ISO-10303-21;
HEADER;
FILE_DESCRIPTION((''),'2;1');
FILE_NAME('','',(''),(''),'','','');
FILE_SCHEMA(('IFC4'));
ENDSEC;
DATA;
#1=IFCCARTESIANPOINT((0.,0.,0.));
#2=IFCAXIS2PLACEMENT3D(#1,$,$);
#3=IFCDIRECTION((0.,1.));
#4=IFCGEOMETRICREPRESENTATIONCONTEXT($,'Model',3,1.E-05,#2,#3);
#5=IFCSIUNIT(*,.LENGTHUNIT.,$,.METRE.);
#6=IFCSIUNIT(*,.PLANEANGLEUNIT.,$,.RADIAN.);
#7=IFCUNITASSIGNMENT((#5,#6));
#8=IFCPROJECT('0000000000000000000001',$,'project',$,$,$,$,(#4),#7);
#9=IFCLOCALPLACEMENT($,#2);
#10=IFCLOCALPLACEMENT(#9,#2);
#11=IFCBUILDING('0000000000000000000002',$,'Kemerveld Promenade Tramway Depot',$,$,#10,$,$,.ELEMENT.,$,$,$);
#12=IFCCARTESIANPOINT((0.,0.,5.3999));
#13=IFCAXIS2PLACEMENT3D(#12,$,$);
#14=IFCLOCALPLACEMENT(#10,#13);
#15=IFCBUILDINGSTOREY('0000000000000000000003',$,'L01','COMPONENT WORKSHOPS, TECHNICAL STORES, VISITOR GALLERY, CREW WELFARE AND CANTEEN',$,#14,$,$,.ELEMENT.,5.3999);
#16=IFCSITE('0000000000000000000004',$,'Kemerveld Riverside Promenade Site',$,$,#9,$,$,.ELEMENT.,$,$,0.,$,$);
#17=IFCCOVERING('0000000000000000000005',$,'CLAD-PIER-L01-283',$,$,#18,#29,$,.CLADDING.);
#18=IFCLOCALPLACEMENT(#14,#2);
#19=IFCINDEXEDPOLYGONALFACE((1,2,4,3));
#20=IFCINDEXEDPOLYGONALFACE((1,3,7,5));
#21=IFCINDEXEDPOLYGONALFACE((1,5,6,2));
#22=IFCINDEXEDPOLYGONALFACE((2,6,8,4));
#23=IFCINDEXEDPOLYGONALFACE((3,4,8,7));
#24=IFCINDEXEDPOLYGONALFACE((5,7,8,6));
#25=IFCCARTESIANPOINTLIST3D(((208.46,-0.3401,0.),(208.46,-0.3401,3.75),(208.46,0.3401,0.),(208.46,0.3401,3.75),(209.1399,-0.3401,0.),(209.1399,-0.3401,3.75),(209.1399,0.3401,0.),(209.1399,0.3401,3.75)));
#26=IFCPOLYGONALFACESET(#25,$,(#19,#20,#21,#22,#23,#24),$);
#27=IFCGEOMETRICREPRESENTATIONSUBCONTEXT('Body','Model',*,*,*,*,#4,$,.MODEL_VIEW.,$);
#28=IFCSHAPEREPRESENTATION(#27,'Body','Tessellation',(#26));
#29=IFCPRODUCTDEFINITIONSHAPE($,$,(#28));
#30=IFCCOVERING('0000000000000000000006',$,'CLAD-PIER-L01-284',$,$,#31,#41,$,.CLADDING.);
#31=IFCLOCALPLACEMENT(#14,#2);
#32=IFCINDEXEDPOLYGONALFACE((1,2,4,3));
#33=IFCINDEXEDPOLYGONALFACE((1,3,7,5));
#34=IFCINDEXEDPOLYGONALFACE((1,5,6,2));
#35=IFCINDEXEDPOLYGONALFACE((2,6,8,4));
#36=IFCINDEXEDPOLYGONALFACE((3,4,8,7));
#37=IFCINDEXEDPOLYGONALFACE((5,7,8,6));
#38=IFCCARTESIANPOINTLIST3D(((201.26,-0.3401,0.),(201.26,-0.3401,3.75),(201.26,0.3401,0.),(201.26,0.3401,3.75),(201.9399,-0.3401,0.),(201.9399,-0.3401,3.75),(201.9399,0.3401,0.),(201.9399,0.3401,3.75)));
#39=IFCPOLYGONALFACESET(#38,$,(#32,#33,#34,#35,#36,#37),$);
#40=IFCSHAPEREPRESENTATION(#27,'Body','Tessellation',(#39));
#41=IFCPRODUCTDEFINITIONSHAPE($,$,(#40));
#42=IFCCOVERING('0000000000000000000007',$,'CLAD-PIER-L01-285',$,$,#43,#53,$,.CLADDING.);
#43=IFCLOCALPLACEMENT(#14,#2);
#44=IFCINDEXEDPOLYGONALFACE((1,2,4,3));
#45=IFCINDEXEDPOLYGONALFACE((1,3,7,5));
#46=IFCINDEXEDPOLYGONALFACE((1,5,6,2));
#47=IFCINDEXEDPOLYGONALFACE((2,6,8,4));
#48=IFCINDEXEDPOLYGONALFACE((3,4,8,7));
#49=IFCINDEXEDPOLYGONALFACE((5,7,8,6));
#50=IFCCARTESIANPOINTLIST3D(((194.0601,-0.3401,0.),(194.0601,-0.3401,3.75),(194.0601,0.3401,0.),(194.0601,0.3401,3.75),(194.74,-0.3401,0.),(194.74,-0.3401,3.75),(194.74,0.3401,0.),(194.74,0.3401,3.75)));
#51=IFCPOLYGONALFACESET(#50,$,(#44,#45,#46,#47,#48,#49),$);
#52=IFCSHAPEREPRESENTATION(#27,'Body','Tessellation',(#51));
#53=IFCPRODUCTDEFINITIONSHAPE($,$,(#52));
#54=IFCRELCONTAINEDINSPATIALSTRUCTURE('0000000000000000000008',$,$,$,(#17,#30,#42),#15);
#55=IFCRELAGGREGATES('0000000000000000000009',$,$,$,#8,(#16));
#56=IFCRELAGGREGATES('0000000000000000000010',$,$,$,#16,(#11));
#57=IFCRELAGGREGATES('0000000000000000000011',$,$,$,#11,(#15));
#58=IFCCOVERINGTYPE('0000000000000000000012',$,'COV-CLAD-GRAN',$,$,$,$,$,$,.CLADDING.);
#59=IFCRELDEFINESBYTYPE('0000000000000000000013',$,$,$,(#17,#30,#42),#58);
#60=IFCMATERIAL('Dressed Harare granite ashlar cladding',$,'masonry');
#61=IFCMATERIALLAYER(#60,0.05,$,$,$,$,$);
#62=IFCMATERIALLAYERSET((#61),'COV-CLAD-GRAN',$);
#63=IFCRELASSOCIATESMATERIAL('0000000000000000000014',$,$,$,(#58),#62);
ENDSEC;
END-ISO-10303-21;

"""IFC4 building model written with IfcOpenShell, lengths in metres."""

from ifc_helpers import new_model, si_unit, direction, frame, origin, place, context, subcontext, project, spatial, polyline, outline, extrude, material, layer, layer_set, type_object, element, save


model = new_model("IFC4")

# Units and contexts
model_context = context("Model", 3, precision=1e-05, world=origin(), true_north=direction((0.0, 1.0)))
body_context = subcontext(model_context, "Body", "Model", "MODEL_VIEW")
ifc_project = project(units=[si_unit("LENGTHUNIT", "METRE"), si_unit("PLANEANGLEUNIT", "RADIAN")], contexts=[model_context])

# Site, building, storey
site_placement = place(None, origin())
site = spatial("IfcSite", under=ifc_project, at=site_placement, Name="Kemerveld Riverside Promenade Site", CompositionType="ELEMENT", RefElevation=0.0)
building_placement = place(site_placement, origin())
building = spatial("IfcBuilding", under=site, at=building_placement, Name="Kemerveld Promenade Tramway Depot", CompositionType="ELEMENT")
storey_placement = place(building_placement, frame((0.0, 0.0, 5.3999)))
storey = spatial("IfcBuildingStorey", under=building, at=storey_placement, Name="L01", Description="COMPONENT WORKSHOPS, TECHNICAL STORES, VISITOR GALLERY, CREW WELFARE AND CANTEEN", CompositionType="ELEMENT", Elevation=5.3999)

# Coverings
ifc_material_1 = material(Name="Dressed Harare granite ashlar cladding", Category="masonry")
ifc_layer = layer(ifc_material_1, 0.05)
ifc_layer_set = layer_set([ifc_layer], Name="COV-CLAD-GRAN")
covering_type = type_object("IfcCoveringType", Name="COV-CLAD-GRAN", PredefinedType="CLADDING", material=ifc_layer_set)
covering_1_placement = place(storey_placement, origin())
element("IfcCovering", 1, at=covering_1_placement, inside=storey, type_object=covering_type, Name="CLAD-PIER-L01-283", PredefinedType="CLADDING", context=body_context, shape_type="SweptSolid", body=[
    extrude(outline(polyline([(208.46, -0.3401), (209.1399, -0.3401), (209.1399, 0.3401), (208.46, 0.3401), (208.46, -0.3401)])), origin(), (0.0, 0.0, 1.0), 3.75),
])
covering_2_placement = place(storey_placement, origin())
element("IfcCovering", 2, at=covering_2_placement, inside=storey, type_object=covering_type, Name="CLAD-PIER-L01-284", PredefinedType="CLADDING", context=body_context, shape_type="SweptSolid", body=[
    extrude(outline(polyline([(201.26, -0.3401), (201.9399, -0.3401), (201.9399, 0.3401), (201.26, 0.3401), (201.26, -0.3401)])), origin(), (0.0, 0.0, 1.0), 3.75),
])
covering_3_placement = place(storey_placement, origin())
element("IfcCovering", 3, at=covering_3_placement, inside=storey, type_object=covering_type, Name="CLAD-PIER-L01-285", PredefinedType="CLADDING", context=body_context, shape_type="SweptSolid", body=[
    extrude(outline(polyline([(194.0601, -0.3401), (194.74, -0.3401), (194.74, 0.3401), (194.0601, 0.3401), (194.0601, -0.3401)])), origin(), (0.0, 0.0, 1.0), 3.75),
])

save(model, "model.ifc")
